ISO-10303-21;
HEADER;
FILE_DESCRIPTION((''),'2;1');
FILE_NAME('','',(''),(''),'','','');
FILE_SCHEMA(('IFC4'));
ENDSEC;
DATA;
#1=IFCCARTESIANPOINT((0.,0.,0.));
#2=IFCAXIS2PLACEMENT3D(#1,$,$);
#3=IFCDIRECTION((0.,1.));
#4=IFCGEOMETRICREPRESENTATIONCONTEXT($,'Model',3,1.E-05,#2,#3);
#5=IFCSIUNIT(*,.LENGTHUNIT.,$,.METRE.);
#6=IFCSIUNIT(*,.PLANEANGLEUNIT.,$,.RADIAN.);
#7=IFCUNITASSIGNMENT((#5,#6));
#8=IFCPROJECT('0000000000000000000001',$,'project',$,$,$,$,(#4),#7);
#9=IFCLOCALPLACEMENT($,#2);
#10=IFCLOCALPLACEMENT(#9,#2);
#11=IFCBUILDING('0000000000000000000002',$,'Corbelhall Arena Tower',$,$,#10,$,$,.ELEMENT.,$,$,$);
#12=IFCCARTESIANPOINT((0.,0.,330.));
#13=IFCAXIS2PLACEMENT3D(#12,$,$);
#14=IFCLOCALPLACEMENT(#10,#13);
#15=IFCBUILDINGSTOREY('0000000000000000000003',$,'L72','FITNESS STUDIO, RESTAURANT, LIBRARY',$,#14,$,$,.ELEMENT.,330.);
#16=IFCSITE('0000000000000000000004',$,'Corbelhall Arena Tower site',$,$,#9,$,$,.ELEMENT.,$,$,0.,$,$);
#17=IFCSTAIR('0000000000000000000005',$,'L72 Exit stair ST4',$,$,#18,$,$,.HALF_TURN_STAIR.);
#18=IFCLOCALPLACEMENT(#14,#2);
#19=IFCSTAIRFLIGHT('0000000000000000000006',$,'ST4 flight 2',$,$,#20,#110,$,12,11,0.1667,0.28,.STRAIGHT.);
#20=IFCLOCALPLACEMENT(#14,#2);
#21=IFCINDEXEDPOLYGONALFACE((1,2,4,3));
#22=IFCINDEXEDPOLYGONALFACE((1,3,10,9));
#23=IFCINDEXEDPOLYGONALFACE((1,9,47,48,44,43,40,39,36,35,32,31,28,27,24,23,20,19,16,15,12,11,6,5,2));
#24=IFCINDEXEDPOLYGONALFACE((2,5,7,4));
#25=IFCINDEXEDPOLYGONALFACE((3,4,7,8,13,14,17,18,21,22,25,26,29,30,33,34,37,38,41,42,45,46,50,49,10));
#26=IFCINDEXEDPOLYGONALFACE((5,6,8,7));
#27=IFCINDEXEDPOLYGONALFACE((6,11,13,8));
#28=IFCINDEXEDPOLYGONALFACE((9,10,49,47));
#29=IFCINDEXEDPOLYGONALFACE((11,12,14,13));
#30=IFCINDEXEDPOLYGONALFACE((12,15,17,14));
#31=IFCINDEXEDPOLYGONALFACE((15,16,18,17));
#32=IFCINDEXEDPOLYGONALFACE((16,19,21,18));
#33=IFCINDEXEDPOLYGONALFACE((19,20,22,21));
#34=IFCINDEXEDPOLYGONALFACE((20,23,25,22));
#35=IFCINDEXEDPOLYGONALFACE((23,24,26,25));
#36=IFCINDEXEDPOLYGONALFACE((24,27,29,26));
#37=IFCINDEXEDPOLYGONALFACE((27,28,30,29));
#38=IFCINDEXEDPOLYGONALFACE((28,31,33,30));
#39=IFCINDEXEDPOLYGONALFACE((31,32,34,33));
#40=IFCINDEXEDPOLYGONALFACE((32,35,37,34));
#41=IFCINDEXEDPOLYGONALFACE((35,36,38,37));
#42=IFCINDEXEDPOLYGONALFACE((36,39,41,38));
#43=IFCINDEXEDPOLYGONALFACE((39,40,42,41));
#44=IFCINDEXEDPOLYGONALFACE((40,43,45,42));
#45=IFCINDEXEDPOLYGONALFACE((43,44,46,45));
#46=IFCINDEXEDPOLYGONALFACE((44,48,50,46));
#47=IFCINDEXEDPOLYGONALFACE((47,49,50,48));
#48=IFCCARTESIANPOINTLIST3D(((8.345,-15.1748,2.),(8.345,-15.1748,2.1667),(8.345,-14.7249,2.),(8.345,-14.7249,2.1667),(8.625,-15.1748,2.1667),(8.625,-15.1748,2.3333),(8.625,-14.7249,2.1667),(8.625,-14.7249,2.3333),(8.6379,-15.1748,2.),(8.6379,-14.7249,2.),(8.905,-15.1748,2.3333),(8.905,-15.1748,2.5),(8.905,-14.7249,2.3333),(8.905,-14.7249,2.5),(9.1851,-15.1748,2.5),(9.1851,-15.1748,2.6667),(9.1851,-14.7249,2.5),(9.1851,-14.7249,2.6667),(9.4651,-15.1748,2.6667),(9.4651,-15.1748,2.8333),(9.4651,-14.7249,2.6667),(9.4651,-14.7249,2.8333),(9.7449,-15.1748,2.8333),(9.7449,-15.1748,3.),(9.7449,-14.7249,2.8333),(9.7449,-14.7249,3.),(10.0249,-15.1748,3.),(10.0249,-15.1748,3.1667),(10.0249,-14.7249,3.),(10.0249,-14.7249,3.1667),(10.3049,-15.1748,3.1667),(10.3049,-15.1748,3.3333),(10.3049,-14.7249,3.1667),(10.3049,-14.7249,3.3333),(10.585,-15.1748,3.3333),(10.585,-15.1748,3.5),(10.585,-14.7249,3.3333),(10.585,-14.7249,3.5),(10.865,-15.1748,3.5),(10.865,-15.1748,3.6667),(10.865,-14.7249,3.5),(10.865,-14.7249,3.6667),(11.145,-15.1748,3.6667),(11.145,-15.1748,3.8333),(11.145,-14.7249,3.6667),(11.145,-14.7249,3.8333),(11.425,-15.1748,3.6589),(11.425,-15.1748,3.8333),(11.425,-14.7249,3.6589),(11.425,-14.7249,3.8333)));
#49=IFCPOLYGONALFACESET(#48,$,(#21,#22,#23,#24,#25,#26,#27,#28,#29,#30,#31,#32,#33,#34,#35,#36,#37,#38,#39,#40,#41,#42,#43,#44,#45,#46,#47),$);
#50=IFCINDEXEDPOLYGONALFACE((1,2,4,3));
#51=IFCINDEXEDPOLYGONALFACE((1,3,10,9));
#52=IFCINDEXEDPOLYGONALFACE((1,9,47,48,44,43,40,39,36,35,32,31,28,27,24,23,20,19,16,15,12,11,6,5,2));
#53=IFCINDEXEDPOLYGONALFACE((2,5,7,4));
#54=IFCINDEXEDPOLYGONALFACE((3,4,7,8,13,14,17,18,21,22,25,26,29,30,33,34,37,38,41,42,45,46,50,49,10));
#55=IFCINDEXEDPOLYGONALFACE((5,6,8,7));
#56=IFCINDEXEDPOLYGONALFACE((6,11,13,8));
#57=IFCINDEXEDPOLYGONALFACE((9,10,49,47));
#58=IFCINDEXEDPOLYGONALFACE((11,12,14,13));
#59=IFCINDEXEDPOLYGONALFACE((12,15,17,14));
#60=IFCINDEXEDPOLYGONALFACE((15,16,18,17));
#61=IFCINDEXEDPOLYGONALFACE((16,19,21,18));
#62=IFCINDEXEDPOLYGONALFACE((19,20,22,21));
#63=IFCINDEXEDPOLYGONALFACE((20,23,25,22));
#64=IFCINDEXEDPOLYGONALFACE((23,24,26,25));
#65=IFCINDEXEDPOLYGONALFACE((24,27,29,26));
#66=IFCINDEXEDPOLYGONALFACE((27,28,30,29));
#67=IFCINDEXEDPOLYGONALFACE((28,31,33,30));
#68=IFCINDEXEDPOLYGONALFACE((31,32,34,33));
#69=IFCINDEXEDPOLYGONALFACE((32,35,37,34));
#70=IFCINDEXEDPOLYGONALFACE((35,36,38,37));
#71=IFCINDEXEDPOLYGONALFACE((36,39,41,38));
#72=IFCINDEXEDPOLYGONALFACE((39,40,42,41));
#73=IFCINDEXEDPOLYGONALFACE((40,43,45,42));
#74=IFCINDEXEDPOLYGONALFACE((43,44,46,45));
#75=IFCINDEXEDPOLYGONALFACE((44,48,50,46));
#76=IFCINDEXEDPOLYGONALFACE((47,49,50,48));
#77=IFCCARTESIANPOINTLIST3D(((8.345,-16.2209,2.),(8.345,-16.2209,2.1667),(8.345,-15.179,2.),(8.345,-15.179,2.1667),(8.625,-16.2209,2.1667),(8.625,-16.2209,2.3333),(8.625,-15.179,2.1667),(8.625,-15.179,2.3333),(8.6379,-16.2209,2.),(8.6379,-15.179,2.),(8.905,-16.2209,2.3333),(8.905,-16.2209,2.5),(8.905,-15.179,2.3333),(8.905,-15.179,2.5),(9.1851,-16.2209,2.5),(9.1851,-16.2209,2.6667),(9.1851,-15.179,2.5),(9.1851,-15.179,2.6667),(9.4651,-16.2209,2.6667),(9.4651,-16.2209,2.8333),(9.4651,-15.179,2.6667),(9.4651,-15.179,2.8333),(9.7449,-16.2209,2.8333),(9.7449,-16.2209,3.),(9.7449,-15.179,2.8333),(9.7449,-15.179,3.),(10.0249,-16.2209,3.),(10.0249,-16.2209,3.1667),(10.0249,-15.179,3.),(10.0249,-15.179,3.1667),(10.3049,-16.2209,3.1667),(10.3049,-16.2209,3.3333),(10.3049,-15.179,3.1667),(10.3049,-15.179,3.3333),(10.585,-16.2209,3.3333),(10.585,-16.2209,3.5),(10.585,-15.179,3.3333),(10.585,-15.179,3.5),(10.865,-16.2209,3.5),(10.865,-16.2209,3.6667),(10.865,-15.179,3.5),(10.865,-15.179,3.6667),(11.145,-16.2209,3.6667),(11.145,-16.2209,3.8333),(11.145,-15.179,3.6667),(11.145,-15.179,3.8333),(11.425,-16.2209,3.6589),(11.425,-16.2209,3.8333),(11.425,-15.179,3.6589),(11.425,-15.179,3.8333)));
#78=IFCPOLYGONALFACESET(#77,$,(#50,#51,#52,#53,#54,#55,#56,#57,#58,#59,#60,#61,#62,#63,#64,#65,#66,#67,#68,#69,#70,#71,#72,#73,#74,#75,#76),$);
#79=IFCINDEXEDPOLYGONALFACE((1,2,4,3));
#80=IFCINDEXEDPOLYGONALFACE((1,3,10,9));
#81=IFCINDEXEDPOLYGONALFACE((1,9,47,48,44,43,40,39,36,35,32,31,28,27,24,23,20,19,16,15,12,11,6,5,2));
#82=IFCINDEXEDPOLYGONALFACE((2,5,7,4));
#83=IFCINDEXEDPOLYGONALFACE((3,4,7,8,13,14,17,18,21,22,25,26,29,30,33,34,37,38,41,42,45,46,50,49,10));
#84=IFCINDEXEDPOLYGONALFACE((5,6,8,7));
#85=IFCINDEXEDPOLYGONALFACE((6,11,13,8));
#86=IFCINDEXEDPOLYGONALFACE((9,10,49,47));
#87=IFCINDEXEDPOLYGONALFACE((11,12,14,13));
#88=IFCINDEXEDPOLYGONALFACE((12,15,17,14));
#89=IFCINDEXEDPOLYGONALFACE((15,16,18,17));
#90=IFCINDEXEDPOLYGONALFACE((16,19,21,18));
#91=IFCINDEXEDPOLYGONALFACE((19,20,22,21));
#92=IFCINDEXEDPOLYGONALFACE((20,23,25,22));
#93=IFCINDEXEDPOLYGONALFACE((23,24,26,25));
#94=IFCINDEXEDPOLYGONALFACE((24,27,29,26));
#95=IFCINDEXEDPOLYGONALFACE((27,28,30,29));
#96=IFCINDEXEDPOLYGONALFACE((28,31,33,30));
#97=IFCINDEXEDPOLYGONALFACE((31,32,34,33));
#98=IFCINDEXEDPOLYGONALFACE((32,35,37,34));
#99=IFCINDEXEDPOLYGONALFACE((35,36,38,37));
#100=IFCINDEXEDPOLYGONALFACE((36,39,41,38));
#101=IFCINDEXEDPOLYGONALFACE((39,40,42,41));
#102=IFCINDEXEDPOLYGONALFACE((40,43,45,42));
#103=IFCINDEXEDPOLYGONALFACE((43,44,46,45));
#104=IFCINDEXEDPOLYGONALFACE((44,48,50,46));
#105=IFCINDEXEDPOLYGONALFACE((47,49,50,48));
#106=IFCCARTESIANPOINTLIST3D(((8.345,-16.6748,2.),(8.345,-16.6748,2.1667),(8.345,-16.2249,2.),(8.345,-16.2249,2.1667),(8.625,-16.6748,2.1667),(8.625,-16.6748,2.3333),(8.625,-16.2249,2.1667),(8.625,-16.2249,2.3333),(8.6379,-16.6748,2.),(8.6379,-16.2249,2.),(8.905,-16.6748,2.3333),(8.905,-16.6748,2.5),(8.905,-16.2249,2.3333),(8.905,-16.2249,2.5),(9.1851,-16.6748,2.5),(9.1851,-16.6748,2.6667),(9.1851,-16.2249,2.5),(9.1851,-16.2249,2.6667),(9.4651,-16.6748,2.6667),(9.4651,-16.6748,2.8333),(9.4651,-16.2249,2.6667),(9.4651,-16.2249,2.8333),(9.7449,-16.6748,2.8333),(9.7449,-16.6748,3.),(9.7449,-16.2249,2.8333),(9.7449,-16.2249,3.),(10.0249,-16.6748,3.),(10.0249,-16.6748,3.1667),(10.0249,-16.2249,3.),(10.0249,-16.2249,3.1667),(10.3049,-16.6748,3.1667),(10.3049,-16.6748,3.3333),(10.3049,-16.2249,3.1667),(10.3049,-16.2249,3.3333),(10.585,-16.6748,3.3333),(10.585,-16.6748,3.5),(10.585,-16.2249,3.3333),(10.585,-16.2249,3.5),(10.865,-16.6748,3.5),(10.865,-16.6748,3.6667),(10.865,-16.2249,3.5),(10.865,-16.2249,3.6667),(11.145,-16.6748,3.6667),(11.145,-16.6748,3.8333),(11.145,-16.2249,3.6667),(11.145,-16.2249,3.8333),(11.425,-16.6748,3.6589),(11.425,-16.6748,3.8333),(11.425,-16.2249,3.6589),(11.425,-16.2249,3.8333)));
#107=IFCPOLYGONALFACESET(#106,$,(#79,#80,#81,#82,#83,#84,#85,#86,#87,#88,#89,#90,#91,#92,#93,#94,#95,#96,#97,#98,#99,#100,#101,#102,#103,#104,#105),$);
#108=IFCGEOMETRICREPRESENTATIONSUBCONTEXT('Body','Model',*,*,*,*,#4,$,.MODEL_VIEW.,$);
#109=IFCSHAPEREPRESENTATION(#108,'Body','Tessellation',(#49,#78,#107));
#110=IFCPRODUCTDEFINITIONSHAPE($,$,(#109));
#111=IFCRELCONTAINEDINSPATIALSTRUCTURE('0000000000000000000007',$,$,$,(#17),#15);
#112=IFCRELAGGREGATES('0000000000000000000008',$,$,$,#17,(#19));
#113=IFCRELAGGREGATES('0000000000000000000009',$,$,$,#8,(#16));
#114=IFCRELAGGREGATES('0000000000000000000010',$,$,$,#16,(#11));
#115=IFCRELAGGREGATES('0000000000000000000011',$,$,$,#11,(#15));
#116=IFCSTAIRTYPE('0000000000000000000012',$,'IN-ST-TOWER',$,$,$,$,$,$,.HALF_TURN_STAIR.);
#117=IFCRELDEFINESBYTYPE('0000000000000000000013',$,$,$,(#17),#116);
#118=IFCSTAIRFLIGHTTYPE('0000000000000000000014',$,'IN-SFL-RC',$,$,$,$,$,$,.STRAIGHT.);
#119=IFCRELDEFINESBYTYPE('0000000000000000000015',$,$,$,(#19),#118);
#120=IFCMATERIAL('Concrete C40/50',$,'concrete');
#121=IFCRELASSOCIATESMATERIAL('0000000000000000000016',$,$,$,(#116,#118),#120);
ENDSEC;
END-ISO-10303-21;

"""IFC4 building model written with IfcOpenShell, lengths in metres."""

from ifc_helpers import new_model, si_unit, direction, frame, origin, place, context, subcontext, project, spatial, polyline, outline, extrude, material, type_object, element, aggregate, save


model = new_model("IFC4")

# Units and contexts
model_context = context("Model", 3, precision=1e-05, world=origin(), true_north=direction((0.0, 1.0)))
body_context = subcontext(model_context, "Body", "Model", "MODEL_VIEW")
ifc_project = project(units=[si_unit("LENGTHUNIT", "METRE"), si_unit("PLANEANGLEUNIT", "RADIAN")], contexts=[model_context])

# Site, building, storey
site_placement = place(None, origin())
site = spatial("IfcSite", under=ifc_project, at=site_placement, Name="Corbelhall Arena Tower site", CompositionType="ELEMENT", RefElevation=0.0)
building_placement = place(site_placement, origin())
building = spatial("IfcBuilding", under=site, at=building_placement, Name="Corbelhall Arena Tower", CompositionType="ELEMENT")
storey_placement = place(building_placement, frame((0.0, 0.0, 330.0)))
storey = spatial("IfcBuildingStorey", under=building, at=storey_placement, Name="L72", Description="FITNESS STUDIO, RESTAURANT, LIBRARY", CompositionType="ELEMENT", Elevation=330.0)

# Shared definitions
ifc_material_1 = material(Name="Concrete C40/50", Category="concrete")

# Stair, stair flight
stair_type = type_object("IfcStairType", Name="IN-ST-TOWER", PredefinedType="HALF_TURN_STAIR", material=ifc_material_1)
stair_placement = place(storey_placement, origin())
stair = element("IfcStair", 1, at=stair_placement, inside=storey, type_object=stair_type, Name="L72 Exit stair ST4", PredefinedType="HALF_TURN_STAIR")
stair_flight_type = type_object("IfcStairFlightType", Name="IN-SFL-RC", PredefinedType="STRAIGHT", material=ifc_material_1)
stair_flight_1_placement = place(storey_placement, frame((8.345, -15.7, 2.0), z_axis=(0.0, 0.0, 1.0), x_axis=(1.0, 0.0, 0.0)))
stair_flight_1 = element("IfcStairFlight", 2, at=stair_flight_1_placement, type_object=stair_flight_type, Name="ST4 flight 2", NumberOfRisers=12, NumberOfTreads=11, PredefinedType="STRAIGHT", RiserHeight=0.1667, TreadLength=0.28, context=body_context, shape_type="SweptSolid", body=[
    extrude(outline(polyline([(0.0, 0.0), (0.0, 0.1667), (0.28, 0.1667), (0.28, 0.3333), (0.5601, 0.3333), (0.5601, 0.5), (0.8401, 0.5), (0.8401, 0.6667), (1.1201, 0.6667), (1.1201, 0.8333), (1.3999, 0.8333), (1.3999, 1.0), (1.6799, 1.0), (1.6799, 1.1667), (1.96, 1.1667), (1.96, 1.3333), (2.24, 1.3333), (2.24, 1.5), (2.52, 1.5), (2.52, 1.6667), (2.8, 1.6667), (2.8, 1.8333), (3.0801, 1.8333), (3.0801, 2.0), (3.0801, 1.6589), (0.293, 0.0), (0.0, 0.0)])), frame((0.0, 0.9751, 0.0), z_axis=(0.0, -1.0, 0.0), x_axis=(1.0, 0.0, 0.0)), (0.0, 0.0, 1.0), 0.45),
    extrude(outline(polyline([(0.0, 0.0), (0.0, 0.1667), (0.28, 0.1667), (0.28, 0.3333), (0.5601, 0.3333), (0.5601, 0.5), (0.8401, 0.5), (0.8401, 0.6667), (1.1201, 0.6667), (1.1201, 0.8333), (1.3999, 0.8333), (1.3999, 1.0), (1.6799, 1.0), (1.6799, 1.1667), (1.96, 1.1667), (1.96, 1.3333), (2.24, 1.3333), (2.24, 1.5), (2.52, 1.5), (2.52, 1.6667), (2.8, 1.6667), (2.8, 1.8333), (3.0801, 1.8333), (3.0801, 2.0), (3.0801, 1.6589), (0.293, 0.0), (0.0, 0.0)])), frame((0.0, 0.521, 0.0), z_axis=(0.0, -1.0, 0.0), x_axis=(1.0, 0.0, 0.0)), (0.0, 0.0, 1.0), 1.042),
    extrude(outline(polyline([(0.0, 0.0), (0.0, 0.1667), (0.28, 0.1667), (0.28, 0.3333), (0.5601, 0.3333), (0.5601, 0.5), (0.8401, 0.5), (0.8401, 0.6667), (1.1201, 0.6667), (1.1201, 0.8333), (1.3999, 0.8333), (1.3999, 1.0), (1.6799, 1.0), (1.6799, 1.1667), (1.96, 1.1667), (1.96, 1.3333), (2.24, 1.3333), (2.24, 1.5), (2.52, 1.5), (2.52, 1.6667), (2.8, 1.6667), (2.8, 1.8333), (3.0801, 1.8333), (3.0801, 2.0), (3.0801, 1.6589), (0.293, 0.0), (0.0, 0.0)])), frame((0.0, -0.5249, 0.0), z_axis=(0.0, -1.0, 0.0), x_axis=(1.0, 0.0, 0.0)), (0.0, 0.0, 1.0), 0.45),
])
aggregate(stair, [stair_flight_1])

save(model, "model.ifc")
